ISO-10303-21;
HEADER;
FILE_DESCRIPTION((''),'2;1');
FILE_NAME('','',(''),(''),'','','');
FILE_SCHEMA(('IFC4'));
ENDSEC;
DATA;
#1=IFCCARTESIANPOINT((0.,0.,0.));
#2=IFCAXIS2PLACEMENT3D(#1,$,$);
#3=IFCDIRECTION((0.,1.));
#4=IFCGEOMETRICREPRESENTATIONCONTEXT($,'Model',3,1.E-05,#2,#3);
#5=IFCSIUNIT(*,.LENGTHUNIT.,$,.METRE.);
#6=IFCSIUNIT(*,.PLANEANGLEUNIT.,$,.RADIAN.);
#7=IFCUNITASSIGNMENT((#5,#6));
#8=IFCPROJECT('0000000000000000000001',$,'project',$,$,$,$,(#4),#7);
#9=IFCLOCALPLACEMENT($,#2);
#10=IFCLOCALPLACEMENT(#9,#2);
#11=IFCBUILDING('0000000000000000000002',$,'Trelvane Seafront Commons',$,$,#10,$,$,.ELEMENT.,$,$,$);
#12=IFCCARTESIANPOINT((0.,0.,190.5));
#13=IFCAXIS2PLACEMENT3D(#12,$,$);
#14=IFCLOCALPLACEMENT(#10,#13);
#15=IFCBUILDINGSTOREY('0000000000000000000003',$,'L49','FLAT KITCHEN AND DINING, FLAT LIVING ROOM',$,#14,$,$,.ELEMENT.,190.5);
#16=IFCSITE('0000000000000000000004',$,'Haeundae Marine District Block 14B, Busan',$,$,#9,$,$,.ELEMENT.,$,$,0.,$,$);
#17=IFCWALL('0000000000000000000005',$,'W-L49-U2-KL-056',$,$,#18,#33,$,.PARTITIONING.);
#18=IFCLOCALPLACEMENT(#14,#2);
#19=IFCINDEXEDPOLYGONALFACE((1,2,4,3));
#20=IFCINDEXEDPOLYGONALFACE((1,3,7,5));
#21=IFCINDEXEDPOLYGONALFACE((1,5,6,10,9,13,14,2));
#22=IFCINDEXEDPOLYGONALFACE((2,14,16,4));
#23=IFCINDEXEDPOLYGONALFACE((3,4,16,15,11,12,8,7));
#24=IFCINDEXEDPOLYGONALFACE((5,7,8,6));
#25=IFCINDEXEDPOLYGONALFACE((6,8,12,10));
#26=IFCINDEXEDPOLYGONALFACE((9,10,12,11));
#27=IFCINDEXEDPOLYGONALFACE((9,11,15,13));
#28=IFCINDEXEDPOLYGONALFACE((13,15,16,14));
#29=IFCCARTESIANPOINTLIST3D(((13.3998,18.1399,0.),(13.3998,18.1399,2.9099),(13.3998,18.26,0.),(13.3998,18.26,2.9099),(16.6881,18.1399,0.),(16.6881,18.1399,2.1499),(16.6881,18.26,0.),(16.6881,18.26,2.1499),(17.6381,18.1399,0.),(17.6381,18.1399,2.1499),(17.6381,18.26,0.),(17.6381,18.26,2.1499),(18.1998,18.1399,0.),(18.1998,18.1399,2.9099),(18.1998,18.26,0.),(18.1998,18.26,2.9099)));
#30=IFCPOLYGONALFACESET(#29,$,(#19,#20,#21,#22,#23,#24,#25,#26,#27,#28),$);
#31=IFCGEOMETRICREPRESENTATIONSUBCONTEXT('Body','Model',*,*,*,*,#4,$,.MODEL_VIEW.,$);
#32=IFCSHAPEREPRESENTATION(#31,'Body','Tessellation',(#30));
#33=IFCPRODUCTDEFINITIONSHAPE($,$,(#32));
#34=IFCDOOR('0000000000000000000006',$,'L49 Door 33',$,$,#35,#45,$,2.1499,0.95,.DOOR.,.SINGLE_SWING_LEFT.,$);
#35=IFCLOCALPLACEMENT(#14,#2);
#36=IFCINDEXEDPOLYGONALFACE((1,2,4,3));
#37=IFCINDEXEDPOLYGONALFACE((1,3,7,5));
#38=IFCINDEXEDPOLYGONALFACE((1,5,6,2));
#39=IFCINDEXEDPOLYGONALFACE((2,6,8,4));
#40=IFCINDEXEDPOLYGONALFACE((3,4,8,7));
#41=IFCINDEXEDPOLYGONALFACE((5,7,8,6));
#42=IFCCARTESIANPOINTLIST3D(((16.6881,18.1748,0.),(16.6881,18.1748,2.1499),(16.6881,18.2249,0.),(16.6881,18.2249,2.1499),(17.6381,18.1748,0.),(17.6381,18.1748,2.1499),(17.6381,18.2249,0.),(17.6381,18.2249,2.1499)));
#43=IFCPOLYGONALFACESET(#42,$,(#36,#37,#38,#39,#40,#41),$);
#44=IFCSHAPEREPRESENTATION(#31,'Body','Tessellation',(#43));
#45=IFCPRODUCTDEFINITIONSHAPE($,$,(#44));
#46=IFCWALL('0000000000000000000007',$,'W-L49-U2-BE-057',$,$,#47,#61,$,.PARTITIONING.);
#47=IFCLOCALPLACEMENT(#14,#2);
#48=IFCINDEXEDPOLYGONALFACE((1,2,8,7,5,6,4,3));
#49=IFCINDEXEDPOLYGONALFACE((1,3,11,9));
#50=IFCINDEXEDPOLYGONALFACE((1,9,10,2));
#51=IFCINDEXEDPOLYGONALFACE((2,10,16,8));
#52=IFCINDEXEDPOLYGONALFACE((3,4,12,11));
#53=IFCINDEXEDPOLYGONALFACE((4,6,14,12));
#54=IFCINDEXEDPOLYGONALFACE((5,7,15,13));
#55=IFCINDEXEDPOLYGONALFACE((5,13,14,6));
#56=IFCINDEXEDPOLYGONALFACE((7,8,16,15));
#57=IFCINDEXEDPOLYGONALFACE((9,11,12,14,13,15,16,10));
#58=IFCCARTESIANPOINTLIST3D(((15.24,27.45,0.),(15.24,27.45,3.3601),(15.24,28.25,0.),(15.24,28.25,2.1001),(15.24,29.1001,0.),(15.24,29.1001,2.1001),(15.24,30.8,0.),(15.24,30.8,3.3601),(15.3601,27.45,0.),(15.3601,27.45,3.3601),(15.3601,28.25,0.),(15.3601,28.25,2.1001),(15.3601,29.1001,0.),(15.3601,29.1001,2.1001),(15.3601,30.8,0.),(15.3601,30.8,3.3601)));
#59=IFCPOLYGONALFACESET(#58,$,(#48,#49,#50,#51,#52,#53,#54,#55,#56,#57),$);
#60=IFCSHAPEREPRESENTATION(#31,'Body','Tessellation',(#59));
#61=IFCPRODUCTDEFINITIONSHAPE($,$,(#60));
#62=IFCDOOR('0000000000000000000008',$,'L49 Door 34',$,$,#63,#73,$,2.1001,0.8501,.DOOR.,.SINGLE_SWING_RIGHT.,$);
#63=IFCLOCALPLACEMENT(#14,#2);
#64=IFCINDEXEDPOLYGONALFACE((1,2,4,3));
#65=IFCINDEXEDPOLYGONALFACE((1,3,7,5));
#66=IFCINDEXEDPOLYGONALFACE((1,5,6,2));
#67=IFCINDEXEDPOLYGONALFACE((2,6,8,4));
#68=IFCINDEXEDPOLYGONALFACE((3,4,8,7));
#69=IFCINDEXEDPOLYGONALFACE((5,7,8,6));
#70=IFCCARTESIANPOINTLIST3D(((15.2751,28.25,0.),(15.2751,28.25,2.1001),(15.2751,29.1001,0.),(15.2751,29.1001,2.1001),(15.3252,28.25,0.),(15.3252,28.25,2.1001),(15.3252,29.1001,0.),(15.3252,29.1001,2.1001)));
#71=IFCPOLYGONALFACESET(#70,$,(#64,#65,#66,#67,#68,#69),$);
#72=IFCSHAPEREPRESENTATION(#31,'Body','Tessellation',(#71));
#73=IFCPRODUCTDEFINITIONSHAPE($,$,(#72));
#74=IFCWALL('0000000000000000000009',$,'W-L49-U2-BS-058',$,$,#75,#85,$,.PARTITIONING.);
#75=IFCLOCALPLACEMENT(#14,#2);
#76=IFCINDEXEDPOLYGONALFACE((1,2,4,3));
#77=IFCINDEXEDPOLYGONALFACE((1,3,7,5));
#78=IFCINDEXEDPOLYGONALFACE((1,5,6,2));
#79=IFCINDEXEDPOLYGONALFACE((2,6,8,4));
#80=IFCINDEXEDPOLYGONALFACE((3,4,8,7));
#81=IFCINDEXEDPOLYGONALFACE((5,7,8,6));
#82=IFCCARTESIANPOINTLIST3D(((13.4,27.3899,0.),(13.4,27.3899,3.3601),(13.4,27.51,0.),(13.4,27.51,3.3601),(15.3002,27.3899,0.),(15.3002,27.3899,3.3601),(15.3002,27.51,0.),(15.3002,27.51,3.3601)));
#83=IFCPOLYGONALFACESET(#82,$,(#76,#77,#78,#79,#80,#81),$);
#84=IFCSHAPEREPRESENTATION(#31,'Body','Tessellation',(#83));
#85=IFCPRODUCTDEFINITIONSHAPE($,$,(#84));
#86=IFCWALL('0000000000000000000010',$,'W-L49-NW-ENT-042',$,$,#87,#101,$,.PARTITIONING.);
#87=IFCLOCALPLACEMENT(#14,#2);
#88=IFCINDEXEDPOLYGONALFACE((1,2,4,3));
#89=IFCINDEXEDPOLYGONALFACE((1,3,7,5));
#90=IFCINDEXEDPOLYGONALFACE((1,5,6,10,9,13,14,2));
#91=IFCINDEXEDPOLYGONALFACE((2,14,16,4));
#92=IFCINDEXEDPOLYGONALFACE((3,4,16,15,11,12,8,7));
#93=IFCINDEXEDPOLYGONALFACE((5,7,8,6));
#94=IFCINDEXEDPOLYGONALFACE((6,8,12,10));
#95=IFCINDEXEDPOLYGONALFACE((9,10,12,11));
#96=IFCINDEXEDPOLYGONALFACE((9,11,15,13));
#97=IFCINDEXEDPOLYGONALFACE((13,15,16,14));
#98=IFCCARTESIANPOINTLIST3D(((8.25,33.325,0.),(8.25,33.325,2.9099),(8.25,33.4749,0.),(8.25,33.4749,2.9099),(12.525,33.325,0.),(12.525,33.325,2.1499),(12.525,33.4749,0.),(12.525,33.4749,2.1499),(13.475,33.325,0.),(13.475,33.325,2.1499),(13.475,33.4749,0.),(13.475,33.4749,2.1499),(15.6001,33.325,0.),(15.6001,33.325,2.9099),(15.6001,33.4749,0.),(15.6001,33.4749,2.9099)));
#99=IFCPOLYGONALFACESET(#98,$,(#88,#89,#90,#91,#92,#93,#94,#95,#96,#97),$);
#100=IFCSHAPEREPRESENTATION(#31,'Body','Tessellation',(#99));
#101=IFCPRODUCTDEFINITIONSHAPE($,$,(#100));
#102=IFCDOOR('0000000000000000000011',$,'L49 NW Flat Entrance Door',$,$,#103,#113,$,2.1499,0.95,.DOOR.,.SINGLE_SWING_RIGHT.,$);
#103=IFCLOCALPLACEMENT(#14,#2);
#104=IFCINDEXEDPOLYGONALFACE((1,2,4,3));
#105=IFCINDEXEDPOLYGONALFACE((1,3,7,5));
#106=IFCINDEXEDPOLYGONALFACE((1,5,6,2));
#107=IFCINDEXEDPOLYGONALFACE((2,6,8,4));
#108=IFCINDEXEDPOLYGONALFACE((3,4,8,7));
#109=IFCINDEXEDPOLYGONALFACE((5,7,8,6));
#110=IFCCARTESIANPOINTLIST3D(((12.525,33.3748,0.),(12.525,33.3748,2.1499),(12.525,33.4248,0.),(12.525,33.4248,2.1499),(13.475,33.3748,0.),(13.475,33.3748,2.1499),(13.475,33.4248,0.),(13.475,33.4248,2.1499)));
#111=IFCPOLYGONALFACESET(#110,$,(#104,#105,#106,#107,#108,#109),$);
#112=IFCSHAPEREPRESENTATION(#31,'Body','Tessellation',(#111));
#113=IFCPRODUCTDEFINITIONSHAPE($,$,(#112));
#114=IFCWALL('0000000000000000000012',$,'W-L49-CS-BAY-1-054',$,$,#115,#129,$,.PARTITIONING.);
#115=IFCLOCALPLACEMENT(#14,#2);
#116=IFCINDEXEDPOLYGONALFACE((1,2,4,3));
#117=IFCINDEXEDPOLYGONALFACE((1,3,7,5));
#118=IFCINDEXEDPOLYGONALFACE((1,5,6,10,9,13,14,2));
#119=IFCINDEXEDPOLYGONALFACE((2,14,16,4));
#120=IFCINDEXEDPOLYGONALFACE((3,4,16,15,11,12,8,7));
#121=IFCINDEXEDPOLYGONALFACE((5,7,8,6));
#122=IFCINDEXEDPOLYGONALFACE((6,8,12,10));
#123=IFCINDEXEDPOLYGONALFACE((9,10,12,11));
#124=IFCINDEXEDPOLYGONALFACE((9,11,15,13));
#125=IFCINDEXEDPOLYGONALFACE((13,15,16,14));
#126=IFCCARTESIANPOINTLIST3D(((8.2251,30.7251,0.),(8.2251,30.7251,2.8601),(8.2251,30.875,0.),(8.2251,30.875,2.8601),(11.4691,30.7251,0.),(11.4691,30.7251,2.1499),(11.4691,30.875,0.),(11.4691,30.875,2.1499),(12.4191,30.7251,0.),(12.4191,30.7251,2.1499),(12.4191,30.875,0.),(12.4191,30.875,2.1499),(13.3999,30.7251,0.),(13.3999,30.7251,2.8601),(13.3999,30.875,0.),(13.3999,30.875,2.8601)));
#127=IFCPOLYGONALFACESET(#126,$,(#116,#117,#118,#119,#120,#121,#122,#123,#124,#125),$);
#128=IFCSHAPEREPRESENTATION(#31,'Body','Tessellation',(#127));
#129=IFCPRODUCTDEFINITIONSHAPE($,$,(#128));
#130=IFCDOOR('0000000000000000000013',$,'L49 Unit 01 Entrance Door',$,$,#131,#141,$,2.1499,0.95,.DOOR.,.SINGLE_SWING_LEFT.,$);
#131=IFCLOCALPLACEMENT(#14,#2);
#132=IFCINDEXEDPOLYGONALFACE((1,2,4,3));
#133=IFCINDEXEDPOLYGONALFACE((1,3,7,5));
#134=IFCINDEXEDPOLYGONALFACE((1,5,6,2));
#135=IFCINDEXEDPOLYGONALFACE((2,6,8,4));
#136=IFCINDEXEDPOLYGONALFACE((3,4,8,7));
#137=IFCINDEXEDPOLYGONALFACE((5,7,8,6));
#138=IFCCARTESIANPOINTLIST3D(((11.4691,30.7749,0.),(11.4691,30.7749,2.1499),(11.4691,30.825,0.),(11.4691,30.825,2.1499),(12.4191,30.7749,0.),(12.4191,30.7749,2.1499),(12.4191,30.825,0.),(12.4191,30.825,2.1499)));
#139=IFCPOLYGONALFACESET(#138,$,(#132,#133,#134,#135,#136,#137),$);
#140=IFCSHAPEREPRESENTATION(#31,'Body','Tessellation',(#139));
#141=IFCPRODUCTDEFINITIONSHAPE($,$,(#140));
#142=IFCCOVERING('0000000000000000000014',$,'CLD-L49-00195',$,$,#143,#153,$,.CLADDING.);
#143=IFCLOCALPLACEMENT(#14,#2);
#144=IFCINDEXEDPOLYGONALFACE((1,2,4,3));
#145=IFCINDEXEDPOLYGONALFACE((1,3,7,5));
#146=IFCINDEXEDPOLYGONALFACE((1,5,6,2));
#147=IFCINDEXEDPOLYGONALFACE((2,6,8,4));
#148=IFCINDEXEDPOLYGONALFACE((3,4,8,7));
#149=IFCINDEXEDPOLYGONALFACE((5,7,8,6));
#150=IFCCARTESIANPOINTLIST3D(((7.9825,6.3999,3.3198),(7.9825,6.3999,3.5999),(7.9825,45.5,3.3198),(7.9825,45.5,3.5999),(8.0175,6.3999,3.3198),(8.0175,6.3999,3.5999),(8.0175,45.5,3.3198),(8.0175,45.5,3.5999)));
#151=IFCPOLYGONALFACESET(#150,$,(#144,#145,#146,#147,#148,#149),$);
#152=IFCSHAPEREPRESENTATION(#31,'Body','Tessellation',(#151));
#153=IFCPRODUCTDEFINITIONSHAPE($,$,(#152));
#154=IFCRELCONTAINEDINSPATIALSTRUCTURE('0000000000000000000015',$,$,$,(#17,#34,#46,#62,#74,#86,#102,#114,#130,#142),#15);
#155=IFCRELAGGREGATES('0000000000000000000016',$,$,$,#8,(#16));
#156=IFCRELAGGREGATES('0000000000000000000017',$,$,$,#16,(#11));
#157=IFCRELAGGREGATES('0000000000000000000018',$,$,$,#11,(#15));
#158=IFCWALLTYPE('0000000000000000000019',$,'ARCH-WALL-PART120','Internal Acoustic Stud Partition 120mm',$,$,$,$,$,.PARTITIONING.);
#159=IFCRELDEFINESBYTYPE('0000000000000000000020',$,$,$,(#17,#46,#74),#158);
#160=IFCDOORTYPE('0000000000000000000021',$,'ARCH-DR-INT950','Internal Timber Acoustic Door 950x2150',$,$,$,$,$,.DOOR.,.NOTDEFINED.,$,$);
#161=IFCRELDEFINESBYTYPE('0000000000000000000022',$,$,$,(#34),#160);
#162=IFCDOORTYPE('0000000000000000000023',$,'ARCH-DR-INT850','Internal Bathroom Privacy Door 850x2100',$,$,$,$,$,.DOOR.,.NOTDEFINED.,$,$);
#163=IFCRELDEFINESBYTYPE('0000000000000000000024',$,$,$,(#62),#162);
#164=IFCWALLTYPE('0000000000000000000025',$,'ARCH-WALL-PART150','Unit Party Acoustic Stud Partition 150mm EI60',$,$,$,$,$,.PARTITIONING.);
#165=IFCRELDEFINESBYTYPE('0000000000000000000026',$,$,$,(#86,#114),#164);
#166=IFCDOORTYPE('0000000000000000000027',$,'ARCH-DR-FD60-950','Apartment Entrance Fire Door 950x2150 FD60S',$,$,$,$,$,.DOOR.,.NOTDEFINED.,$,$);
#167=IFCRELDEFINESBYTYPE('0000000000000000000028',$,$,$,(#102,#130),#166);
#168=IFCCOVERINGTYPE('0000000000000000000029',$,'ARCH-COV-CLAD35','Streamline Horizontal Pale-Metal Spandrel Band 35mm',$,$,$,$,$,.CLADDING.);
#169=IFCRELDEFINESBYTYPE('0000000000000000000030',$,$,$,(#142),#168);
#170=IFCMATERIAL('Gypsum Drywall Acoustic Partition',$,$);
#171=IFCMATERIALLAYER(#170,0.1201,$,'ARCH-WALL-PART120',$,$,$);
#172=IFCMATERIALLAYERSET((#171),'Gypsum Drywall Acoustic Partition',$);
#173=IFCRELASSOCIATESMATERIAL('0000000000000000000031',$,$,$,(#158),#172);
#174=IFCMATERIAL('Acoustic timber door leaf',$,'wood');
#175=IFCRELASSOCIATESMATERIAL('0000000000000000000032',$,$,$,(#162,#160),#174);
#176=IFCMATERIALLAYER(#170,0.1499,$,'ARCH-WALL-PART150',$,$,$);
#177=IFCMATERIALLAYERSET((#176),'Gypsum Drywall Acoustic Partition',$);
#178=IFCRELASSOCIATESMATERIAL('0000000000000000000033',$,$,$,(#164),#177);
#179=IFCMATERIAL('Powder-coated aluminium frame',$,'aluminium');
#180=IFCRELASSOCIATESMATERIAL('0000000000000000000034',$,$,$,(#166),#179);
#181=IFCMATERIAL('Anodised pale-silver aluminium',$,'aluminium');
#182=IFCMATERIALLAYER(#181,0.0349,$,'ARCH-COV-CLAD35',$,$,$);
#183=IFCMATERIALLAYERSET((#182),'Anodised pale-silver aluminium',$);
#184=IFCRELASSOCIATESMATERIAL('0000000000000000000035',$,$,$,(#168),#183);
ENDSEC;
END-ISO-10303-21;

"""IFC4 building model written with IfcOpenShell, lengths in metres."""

from ifc_helpers import new_model, si_unit, direction, frame, frame_2d, origin, origin_2d, place, context, subcontext, project, spatial, rectangle, extrude, source, transform, mapped, material, layer, layer_set, type_object, element, fill, save


model = new_model("IFC4")

# Units and contexts
model_context = context("Model", 3, precision=1e-05, world=origin(), true_north=direction((0.0, 1.0)))
body_context = subcontext(model_context, "Body", "Model", "MODEL_VIEW")
ifc_project = project(units=[si_unit("LENGTHUNIT", "METRE"), si_unit("PLANEANGLEUNIT", "RADIAN")], contexts=[model_context])

# Site, building, storey
site_placement = place(None, origin())
site = spatial("IfcSite", under=ifc_project, at=site_placement, Name="Haeundae Marine District Block 14B, Busan", CompositionType="ELEMENT", RefElevation=0.0)
building_placement = place(site_placement, origin())
building = spatial("IfcBuilding", under=site, at=building_placement, Name="Trelvane Seafront Commons", CompositionType="ELEMENT")
storey_placement = place(building_placement, frame((0.0, 0.0, 190.5)))
storey = spatial("IfcBuildingStorey", under=building, at=storey_placement, Name="L49", Description="FLAT KITCHEN AND DINING, FLAT LIVING ROOM", CompositionType="ELEMENT", Elevation=190.5)

# Shared definitions
ifc_material_1 = material(Name="Gypsum Drywall Acoustic Partition")
ifc_layer_1 = layer(ifc_material_1, 0.1201, Name="ARCH-WALL-PART120")
ifc_layer_set_1 = layer_set([ifc_layer_1], Name="Gypsum Drywall Acoustic Partition")
wall_type_1 = type_object("IfcWallType", Name="ARCH-WALL-PART120", Description="Internal Acoustic Stud Partition 120mm", PredefinedType="PARTITIONING", material=ifc_layer_set_1)
ifc_material_2 = material(Name="Acoustic timber door leaf", Category="wood")
door_type_1 = type_object("IfcDoorType", Name="ARCH-DR-INT850", Description="Internal Bathroom Privacy Door 850x2100", OperationType="NOTDEFINED", PredefinedType="DOOR", material=ifc_material_2)
shared_shape_1 = source(origin(), body_context, "Body", "SweptSolid", [
    extrude(rectangle(XDim=0.8501, YDim=2.1001, at=frame_2d((0.425, 1.05))), frame((0.0, 0.0249, 0.0), z_axis=(0.0, -1.0, 0.0), x_axis=(1.0, 0.0, 0.0)), (0.0, 0.0, 1.0), 0.05),
])
door_type_2 = type_object("IfcDoorType", Name="ARCH-DR-INT950", Description="Internal Timber Acoustic Door 950x2150", OperationType="NOTDEFINED", PredefinedType="DOOR", material=ifc_material_2)
shared_shape_2 = source(origin(), body_context, "Body", "SweptSolid", [
    extrude(rectangle(XDim=0.95, YDim=2.1499, at=frame_2d((0.4751, 1.075))), frame((0.0, 0.0249, 0.0), z_axis=(0.0, -1.0, 0.0), x_axis=(1.0, 0.0, 0.0)), (0.0, 0.0, 1.0), 0.05),
])

# Walls, openings, doors
wall_1_placement = place(storey_placement, frame((13.3999, 18.2, 0.0), z_axis=(0.0, 0.0, 1.0), x_axis=(1.0, 0.0, 0.0)))
wall_1 = element("IfcWall", 1, at=wall_1_placement, inside=storey, type_object=wall_type_1, Name="W-L49-U2-KL-056", PredefinedType="PARTITIONING", context=body_context, shape_type="SweptSolid", body=[
    extrude(rectangle(XDim=4.8, YDim=0.1201, at=frame_2d((2.3999, 0.0))), origin(), (0.0, 0.0, 1.0), 2.9099),
])
opening_1_placement = place(wall_1_placement, frame((3.2881, 0.0, 0.0)))
opening_1 = element("IfcOpeningElement", 2, at=opening_1_placement, cuts=wall_1, PredefinedType="OPENING", context=body_context, shape_type="SweptSolid", body=[
    extrude(rectangle(XDim=0.95, YDim=2.1499, at=frame_2d((0.4751, 1.075))), frame((0.0, 0.0701, 0.0), z_axis=(0.0, -1.0, 0.0), x_axis=(1.0, 0.0, 0.0)), (0.0, 0.0, 1.0), 0.1401),
])
door_1_placement = place(opening_1_placement, origin())
door_1 = element("IfcDoor", 3, at=door_1_placement, inside=storey, type_object=door_type_2, Name="L49 Door 33", OperationType="SINGLE_SWING_LEFT", OverallHeight=2.1499, OverallWidth=0.95, PredefinedType="DOOR", context=body_context, shape_type="MappedRepresentation", body=[
    mapped(shared_shape_2, transform((0.0, 0.0, 0.0), x_axis=(1.0, 0.0, 0.0), y_axis=(0.0, 1.0, 0.0), z_axis=(0.0, 0.0, 1.0), scale=1.0)),
])
fill(opening_1, door_1)
wall_2_placement = place(storey_placement, frame((15.3, 27.45, 0.0), z_axis=(0.0, 0.0, 1.0), x_axis=(0.0, 1.0, 0.0)))
wall_2 = element("IfcWall", 4, at=wall_2_placement, inside=storey, type_object=wall_type_1, Name="W-L49-U2-BE-057", PredefinedType="PARTITIONING", context=body_context, shape_type="SweptSolid", body=[
    extrude(rectangle(XDim=3.3501, YDim=0.1201, at=frame_2d((1.675, 0.0))), origin(), (0.0, 0.0, 1.0), 3.3601),
])
opening_2_placement = place(wall_2_placement, frame((0.8, 0.0, 0.0)))
opening_2 = element("IfcOpeningElement", 5, at=opening_2_placement, cuts=wall_2, PredefinedType="OPENING", context=body_context, shape_type="SweptSolid", body=[
    extrude(rectangle(XDim=0.8501, YDim=2.1001, at=frame_2d((0.425, 1.05))), frame((0.0, 0.0701, 0.0), z_axis=(0.0, -1.0, 0.0), x_axis=(1.0, 0.0, 0.0)), (0.0, 0.0, 1.0), 0.1401),
])
door_2_placement = place(opening_2_placement, origin())
door_2 = element("IfcDoor", 6, at=door_2_placement, inside=storey, type_object=door_type_1, Name="L49 Door 34", OperationType="SINGLE_SWING_RIGHT", OverallHeight=2.1001, OverallWidth=0.8501, PredefinedType="DOOR", context=body_context, shape_type="MappedRepresentation", body=[
    mapped(shared_shape_1, transform((0.0, 0.0, 0.0), x_axis=(1.0, 0.0, 0.0), y_axis=(0.0, 1.0, 0.0), z_axis=(0.0, 0.0, 1.0), scale=1.0)),
])
fill(opening_2, door_2)

# Wall
wall_3_placement = place(storey_placement, frame((13.3999, 27.45, 0.0), z_axis=(0.0, 0.0, 1.0), x_axis=(1.0, 0.0, 0.0)))
element("IfcWall", 7, at=wall_3_placement, inside=storey, type_object=wall_type_1, Name="W-L49-U2-BS-058", PredefinedType="PARTITIONING", context=body_context, shape_type="SweptSolid", body=[
    extrude(rectangle(XDim=1.9001, YDim=0.1201, at=frame_2d((0.9502, 0.0))), origin(), (0.0, 0.0, 1.0), 3.3601),
])

# Walls, openings, doors
ifc_layer_2 = layer(ifc_material_1, 0.1499, Name="ARCH-WALL-PART150")
ifc_layer_set_2 = layer_set([ifc_layer_2], Name="Gypsum Drywall Acoustic Partition")
wall_type_2 = type_object("IfcWallType", Name="ARCH-WALL-PART150", Description="Unit Party Acoustic Stud Partition 150mm EI60", PredefinedType="PARTITIONING", material=ifc_layer_set_2)
wall_4_placement = place(storey_placement, frame((8.25, 33.3999, 0.0), z_axis=(0.0, 0.0, 1.0), x_axis=(1.0, 0.0, 0.0)))
wall_4 = element("IfcWall", 8, at=wall_4_placement, inside=storey, type_object=wall_type_2, Name="W-L49-NW-ENT-042", PredefinedType="PARTITIONING", context=body_context, shape_type="SweptSolid", body=[
    extrude(rectangle(XDim=7.3501, YDim=0.1499, at=frame_2d((3.675, 0.0))), origin(), (0.0, 0.0, 1.0), 2.9099),
])
opening_3_placement = place(wall_4_placement, frame((4.2749, 0.0, 0.0)))
opening_3 = element("IfcOpeningElement", 9, at=opening_3_placement, cuts=wall_4, PredefinedType="OPENING", context=body_context, shape_type="SweptSolid", body=[
    extrude(rectangle(XDim=0.95, YDim=2.1499, at=frame_2d((0.4751, 1.075))), frame((0.0, 0.085, 0.0), z_axis=(0.0, -1.0, 0.0), x_axis=(1.0, 0.0, 0.0)), (0.0, 0.0, 1.0), 0.1699),
])
ifc_material_3 = material(Name="Powder-coated aluminium frame", Category="aluminium")
door_type_3 = type_object("IfcDoorType", Name="ARCH-DR-FD60-950", Description="Apartment Entrance Fire Door 950x2150 FD60S", OperationType="NOTDEFINED", PredefinedType="DOOR", material=ifc_material_3)
door_3_placement = place(opening_3_placement, origin())
door_3 = element("IfcDoor", 10, at=door_3_placement, inside=storey, type_object=door_type_3, Name="L49 NW Flat Entrance Door", OperationType="SINGLE_SWING_RIGHT", OverallHeight=2.1499, OverallWidth=0.95, PredefinedType="DOOR", context=body_context, shape_type="MappedRepresentation", body=[
    mapped(shared_shape_2, transform((0.0, 0.0, 0.0), x_axis=(1.0, 0.0, 0.0), y_axis=(0.0, 1.0, 0.0), z_axis=(0.0, 0.0, 1.0), scale=1.0)),
])
fill(opening_3, door_3)
wall_5_placement = place(storey_placement, frame((8.2251, 30.8, 0.0), z_axis=(0.0, 0.0, 1.0), x_axis=(1.0, 0.0, 0.0)))
wall_5 = element("IfcWall", 11, at=wall_5_placement, inside=storey, type_object=wall_type_2, Name="W-L49-CS-BAY-1-054", PredefinedType="PARTITIONING", context=body_context, shape_type="SweptSolid", body=[
    extrude(rectangle(XDim=5.1748, YDim=0.1499, at=frame_2d((2.5874, 0.0))), origin(), (0.0, 0.0, 1.0), 2.8601),
])
opening_4_placement = place(wall_5_placement, frame((3.2439, 0.0, 0.0)))
opening_4 = element("IfcOpeningElement", 12, at=opening_4_placement, cuts=wall_5, PredefinedType="OPENING", context=body_context, shape_type="SweptSolid", body=[
    extrude(rectangle(XDim=0.95, YDim=2.1499, at=frame_2d((0.4751, 1.075))), frame((0.0, 0.085, 0.0), z_axis=(0.0, -1.0, 0.0), x_axis=(1.0, 0.0, 0.0)), (0.0, 0.0, 1.0), 0.1699),
])
door_4_placement = place(opening_4_placement, origin())
door_4 = element("IfcDoor", 13, at=door_4_placement, inside=storey, type_object=door_type_3, Name="L49 Unit 01 Entrance Door", OperationType="SINGLE_SWING_LEFT", OverallHeight=2.1499, OverallWidth=0.95, PredefinedType="DOOR", context=body_context, shape_type="MappedRepresentation", body=[
    mapped(shared_shape_2, transform((0.0, 0.0, 0.0), x_axis=(1.0, 0.0, 0.0), y_axis=(0.0, 1.0, 0.0), z_axis=(0.0, 0.0, 1.0), scale=1.0)),
])
fill(opening_4, door_4)

# Covering
ifc_material_4 = material(Name="Anodised pale-silver aluminium", Category="aluminium")
ifc_layer_3 = layer(ifc_material_4, 0.0349, Name="ARCH-COV-CLAD35")
ifc_layer_set_3 = layer_set([ifc_layer_3], Name="Anodised pale-silver aluminium")
covering_type = type_object("IfcCoveringType", Name="ARCH-COV-CLAD35", Description="Streamline Horizontal Pale-Metal Spandrel Band 35mm", PredefinedType="CLADDING", material=ifc_layer_set_3)
shared_shape_3 = source(origin(), body_context, "Body", "SweptSolid", [
    extrude(rectangle(XDim=39.1001, YDim=0.0349, at=origin_2d()), origin(), (0.0, 0.0, 1.0), 0.28),
])
covering_placement = place(storey_placement, frame((8.0, 25.95, 3.3198), z_axis=(0.0, 0.0, 1.0), x_axis=(0.0, 1.0, 0.0)))
element("IfcCovering", 14, at=covering_placement, inside=storey, type_object=covering_type, Name="CLD-L49-00195", PredefinedType="CLADDING", context=body_context, shape_type="MappedRepresentation", body=[
    mapped(shared_shape_3, transform((0.0, 0.0, 0.0), x_axis=(1.0, 0.0, 0.0), y_axis=(0.0, 1.0, 0.0), z_axis=(0.0, 0.0, 1.0), scale=1.0)),
])

save(model, "model.ifc")
